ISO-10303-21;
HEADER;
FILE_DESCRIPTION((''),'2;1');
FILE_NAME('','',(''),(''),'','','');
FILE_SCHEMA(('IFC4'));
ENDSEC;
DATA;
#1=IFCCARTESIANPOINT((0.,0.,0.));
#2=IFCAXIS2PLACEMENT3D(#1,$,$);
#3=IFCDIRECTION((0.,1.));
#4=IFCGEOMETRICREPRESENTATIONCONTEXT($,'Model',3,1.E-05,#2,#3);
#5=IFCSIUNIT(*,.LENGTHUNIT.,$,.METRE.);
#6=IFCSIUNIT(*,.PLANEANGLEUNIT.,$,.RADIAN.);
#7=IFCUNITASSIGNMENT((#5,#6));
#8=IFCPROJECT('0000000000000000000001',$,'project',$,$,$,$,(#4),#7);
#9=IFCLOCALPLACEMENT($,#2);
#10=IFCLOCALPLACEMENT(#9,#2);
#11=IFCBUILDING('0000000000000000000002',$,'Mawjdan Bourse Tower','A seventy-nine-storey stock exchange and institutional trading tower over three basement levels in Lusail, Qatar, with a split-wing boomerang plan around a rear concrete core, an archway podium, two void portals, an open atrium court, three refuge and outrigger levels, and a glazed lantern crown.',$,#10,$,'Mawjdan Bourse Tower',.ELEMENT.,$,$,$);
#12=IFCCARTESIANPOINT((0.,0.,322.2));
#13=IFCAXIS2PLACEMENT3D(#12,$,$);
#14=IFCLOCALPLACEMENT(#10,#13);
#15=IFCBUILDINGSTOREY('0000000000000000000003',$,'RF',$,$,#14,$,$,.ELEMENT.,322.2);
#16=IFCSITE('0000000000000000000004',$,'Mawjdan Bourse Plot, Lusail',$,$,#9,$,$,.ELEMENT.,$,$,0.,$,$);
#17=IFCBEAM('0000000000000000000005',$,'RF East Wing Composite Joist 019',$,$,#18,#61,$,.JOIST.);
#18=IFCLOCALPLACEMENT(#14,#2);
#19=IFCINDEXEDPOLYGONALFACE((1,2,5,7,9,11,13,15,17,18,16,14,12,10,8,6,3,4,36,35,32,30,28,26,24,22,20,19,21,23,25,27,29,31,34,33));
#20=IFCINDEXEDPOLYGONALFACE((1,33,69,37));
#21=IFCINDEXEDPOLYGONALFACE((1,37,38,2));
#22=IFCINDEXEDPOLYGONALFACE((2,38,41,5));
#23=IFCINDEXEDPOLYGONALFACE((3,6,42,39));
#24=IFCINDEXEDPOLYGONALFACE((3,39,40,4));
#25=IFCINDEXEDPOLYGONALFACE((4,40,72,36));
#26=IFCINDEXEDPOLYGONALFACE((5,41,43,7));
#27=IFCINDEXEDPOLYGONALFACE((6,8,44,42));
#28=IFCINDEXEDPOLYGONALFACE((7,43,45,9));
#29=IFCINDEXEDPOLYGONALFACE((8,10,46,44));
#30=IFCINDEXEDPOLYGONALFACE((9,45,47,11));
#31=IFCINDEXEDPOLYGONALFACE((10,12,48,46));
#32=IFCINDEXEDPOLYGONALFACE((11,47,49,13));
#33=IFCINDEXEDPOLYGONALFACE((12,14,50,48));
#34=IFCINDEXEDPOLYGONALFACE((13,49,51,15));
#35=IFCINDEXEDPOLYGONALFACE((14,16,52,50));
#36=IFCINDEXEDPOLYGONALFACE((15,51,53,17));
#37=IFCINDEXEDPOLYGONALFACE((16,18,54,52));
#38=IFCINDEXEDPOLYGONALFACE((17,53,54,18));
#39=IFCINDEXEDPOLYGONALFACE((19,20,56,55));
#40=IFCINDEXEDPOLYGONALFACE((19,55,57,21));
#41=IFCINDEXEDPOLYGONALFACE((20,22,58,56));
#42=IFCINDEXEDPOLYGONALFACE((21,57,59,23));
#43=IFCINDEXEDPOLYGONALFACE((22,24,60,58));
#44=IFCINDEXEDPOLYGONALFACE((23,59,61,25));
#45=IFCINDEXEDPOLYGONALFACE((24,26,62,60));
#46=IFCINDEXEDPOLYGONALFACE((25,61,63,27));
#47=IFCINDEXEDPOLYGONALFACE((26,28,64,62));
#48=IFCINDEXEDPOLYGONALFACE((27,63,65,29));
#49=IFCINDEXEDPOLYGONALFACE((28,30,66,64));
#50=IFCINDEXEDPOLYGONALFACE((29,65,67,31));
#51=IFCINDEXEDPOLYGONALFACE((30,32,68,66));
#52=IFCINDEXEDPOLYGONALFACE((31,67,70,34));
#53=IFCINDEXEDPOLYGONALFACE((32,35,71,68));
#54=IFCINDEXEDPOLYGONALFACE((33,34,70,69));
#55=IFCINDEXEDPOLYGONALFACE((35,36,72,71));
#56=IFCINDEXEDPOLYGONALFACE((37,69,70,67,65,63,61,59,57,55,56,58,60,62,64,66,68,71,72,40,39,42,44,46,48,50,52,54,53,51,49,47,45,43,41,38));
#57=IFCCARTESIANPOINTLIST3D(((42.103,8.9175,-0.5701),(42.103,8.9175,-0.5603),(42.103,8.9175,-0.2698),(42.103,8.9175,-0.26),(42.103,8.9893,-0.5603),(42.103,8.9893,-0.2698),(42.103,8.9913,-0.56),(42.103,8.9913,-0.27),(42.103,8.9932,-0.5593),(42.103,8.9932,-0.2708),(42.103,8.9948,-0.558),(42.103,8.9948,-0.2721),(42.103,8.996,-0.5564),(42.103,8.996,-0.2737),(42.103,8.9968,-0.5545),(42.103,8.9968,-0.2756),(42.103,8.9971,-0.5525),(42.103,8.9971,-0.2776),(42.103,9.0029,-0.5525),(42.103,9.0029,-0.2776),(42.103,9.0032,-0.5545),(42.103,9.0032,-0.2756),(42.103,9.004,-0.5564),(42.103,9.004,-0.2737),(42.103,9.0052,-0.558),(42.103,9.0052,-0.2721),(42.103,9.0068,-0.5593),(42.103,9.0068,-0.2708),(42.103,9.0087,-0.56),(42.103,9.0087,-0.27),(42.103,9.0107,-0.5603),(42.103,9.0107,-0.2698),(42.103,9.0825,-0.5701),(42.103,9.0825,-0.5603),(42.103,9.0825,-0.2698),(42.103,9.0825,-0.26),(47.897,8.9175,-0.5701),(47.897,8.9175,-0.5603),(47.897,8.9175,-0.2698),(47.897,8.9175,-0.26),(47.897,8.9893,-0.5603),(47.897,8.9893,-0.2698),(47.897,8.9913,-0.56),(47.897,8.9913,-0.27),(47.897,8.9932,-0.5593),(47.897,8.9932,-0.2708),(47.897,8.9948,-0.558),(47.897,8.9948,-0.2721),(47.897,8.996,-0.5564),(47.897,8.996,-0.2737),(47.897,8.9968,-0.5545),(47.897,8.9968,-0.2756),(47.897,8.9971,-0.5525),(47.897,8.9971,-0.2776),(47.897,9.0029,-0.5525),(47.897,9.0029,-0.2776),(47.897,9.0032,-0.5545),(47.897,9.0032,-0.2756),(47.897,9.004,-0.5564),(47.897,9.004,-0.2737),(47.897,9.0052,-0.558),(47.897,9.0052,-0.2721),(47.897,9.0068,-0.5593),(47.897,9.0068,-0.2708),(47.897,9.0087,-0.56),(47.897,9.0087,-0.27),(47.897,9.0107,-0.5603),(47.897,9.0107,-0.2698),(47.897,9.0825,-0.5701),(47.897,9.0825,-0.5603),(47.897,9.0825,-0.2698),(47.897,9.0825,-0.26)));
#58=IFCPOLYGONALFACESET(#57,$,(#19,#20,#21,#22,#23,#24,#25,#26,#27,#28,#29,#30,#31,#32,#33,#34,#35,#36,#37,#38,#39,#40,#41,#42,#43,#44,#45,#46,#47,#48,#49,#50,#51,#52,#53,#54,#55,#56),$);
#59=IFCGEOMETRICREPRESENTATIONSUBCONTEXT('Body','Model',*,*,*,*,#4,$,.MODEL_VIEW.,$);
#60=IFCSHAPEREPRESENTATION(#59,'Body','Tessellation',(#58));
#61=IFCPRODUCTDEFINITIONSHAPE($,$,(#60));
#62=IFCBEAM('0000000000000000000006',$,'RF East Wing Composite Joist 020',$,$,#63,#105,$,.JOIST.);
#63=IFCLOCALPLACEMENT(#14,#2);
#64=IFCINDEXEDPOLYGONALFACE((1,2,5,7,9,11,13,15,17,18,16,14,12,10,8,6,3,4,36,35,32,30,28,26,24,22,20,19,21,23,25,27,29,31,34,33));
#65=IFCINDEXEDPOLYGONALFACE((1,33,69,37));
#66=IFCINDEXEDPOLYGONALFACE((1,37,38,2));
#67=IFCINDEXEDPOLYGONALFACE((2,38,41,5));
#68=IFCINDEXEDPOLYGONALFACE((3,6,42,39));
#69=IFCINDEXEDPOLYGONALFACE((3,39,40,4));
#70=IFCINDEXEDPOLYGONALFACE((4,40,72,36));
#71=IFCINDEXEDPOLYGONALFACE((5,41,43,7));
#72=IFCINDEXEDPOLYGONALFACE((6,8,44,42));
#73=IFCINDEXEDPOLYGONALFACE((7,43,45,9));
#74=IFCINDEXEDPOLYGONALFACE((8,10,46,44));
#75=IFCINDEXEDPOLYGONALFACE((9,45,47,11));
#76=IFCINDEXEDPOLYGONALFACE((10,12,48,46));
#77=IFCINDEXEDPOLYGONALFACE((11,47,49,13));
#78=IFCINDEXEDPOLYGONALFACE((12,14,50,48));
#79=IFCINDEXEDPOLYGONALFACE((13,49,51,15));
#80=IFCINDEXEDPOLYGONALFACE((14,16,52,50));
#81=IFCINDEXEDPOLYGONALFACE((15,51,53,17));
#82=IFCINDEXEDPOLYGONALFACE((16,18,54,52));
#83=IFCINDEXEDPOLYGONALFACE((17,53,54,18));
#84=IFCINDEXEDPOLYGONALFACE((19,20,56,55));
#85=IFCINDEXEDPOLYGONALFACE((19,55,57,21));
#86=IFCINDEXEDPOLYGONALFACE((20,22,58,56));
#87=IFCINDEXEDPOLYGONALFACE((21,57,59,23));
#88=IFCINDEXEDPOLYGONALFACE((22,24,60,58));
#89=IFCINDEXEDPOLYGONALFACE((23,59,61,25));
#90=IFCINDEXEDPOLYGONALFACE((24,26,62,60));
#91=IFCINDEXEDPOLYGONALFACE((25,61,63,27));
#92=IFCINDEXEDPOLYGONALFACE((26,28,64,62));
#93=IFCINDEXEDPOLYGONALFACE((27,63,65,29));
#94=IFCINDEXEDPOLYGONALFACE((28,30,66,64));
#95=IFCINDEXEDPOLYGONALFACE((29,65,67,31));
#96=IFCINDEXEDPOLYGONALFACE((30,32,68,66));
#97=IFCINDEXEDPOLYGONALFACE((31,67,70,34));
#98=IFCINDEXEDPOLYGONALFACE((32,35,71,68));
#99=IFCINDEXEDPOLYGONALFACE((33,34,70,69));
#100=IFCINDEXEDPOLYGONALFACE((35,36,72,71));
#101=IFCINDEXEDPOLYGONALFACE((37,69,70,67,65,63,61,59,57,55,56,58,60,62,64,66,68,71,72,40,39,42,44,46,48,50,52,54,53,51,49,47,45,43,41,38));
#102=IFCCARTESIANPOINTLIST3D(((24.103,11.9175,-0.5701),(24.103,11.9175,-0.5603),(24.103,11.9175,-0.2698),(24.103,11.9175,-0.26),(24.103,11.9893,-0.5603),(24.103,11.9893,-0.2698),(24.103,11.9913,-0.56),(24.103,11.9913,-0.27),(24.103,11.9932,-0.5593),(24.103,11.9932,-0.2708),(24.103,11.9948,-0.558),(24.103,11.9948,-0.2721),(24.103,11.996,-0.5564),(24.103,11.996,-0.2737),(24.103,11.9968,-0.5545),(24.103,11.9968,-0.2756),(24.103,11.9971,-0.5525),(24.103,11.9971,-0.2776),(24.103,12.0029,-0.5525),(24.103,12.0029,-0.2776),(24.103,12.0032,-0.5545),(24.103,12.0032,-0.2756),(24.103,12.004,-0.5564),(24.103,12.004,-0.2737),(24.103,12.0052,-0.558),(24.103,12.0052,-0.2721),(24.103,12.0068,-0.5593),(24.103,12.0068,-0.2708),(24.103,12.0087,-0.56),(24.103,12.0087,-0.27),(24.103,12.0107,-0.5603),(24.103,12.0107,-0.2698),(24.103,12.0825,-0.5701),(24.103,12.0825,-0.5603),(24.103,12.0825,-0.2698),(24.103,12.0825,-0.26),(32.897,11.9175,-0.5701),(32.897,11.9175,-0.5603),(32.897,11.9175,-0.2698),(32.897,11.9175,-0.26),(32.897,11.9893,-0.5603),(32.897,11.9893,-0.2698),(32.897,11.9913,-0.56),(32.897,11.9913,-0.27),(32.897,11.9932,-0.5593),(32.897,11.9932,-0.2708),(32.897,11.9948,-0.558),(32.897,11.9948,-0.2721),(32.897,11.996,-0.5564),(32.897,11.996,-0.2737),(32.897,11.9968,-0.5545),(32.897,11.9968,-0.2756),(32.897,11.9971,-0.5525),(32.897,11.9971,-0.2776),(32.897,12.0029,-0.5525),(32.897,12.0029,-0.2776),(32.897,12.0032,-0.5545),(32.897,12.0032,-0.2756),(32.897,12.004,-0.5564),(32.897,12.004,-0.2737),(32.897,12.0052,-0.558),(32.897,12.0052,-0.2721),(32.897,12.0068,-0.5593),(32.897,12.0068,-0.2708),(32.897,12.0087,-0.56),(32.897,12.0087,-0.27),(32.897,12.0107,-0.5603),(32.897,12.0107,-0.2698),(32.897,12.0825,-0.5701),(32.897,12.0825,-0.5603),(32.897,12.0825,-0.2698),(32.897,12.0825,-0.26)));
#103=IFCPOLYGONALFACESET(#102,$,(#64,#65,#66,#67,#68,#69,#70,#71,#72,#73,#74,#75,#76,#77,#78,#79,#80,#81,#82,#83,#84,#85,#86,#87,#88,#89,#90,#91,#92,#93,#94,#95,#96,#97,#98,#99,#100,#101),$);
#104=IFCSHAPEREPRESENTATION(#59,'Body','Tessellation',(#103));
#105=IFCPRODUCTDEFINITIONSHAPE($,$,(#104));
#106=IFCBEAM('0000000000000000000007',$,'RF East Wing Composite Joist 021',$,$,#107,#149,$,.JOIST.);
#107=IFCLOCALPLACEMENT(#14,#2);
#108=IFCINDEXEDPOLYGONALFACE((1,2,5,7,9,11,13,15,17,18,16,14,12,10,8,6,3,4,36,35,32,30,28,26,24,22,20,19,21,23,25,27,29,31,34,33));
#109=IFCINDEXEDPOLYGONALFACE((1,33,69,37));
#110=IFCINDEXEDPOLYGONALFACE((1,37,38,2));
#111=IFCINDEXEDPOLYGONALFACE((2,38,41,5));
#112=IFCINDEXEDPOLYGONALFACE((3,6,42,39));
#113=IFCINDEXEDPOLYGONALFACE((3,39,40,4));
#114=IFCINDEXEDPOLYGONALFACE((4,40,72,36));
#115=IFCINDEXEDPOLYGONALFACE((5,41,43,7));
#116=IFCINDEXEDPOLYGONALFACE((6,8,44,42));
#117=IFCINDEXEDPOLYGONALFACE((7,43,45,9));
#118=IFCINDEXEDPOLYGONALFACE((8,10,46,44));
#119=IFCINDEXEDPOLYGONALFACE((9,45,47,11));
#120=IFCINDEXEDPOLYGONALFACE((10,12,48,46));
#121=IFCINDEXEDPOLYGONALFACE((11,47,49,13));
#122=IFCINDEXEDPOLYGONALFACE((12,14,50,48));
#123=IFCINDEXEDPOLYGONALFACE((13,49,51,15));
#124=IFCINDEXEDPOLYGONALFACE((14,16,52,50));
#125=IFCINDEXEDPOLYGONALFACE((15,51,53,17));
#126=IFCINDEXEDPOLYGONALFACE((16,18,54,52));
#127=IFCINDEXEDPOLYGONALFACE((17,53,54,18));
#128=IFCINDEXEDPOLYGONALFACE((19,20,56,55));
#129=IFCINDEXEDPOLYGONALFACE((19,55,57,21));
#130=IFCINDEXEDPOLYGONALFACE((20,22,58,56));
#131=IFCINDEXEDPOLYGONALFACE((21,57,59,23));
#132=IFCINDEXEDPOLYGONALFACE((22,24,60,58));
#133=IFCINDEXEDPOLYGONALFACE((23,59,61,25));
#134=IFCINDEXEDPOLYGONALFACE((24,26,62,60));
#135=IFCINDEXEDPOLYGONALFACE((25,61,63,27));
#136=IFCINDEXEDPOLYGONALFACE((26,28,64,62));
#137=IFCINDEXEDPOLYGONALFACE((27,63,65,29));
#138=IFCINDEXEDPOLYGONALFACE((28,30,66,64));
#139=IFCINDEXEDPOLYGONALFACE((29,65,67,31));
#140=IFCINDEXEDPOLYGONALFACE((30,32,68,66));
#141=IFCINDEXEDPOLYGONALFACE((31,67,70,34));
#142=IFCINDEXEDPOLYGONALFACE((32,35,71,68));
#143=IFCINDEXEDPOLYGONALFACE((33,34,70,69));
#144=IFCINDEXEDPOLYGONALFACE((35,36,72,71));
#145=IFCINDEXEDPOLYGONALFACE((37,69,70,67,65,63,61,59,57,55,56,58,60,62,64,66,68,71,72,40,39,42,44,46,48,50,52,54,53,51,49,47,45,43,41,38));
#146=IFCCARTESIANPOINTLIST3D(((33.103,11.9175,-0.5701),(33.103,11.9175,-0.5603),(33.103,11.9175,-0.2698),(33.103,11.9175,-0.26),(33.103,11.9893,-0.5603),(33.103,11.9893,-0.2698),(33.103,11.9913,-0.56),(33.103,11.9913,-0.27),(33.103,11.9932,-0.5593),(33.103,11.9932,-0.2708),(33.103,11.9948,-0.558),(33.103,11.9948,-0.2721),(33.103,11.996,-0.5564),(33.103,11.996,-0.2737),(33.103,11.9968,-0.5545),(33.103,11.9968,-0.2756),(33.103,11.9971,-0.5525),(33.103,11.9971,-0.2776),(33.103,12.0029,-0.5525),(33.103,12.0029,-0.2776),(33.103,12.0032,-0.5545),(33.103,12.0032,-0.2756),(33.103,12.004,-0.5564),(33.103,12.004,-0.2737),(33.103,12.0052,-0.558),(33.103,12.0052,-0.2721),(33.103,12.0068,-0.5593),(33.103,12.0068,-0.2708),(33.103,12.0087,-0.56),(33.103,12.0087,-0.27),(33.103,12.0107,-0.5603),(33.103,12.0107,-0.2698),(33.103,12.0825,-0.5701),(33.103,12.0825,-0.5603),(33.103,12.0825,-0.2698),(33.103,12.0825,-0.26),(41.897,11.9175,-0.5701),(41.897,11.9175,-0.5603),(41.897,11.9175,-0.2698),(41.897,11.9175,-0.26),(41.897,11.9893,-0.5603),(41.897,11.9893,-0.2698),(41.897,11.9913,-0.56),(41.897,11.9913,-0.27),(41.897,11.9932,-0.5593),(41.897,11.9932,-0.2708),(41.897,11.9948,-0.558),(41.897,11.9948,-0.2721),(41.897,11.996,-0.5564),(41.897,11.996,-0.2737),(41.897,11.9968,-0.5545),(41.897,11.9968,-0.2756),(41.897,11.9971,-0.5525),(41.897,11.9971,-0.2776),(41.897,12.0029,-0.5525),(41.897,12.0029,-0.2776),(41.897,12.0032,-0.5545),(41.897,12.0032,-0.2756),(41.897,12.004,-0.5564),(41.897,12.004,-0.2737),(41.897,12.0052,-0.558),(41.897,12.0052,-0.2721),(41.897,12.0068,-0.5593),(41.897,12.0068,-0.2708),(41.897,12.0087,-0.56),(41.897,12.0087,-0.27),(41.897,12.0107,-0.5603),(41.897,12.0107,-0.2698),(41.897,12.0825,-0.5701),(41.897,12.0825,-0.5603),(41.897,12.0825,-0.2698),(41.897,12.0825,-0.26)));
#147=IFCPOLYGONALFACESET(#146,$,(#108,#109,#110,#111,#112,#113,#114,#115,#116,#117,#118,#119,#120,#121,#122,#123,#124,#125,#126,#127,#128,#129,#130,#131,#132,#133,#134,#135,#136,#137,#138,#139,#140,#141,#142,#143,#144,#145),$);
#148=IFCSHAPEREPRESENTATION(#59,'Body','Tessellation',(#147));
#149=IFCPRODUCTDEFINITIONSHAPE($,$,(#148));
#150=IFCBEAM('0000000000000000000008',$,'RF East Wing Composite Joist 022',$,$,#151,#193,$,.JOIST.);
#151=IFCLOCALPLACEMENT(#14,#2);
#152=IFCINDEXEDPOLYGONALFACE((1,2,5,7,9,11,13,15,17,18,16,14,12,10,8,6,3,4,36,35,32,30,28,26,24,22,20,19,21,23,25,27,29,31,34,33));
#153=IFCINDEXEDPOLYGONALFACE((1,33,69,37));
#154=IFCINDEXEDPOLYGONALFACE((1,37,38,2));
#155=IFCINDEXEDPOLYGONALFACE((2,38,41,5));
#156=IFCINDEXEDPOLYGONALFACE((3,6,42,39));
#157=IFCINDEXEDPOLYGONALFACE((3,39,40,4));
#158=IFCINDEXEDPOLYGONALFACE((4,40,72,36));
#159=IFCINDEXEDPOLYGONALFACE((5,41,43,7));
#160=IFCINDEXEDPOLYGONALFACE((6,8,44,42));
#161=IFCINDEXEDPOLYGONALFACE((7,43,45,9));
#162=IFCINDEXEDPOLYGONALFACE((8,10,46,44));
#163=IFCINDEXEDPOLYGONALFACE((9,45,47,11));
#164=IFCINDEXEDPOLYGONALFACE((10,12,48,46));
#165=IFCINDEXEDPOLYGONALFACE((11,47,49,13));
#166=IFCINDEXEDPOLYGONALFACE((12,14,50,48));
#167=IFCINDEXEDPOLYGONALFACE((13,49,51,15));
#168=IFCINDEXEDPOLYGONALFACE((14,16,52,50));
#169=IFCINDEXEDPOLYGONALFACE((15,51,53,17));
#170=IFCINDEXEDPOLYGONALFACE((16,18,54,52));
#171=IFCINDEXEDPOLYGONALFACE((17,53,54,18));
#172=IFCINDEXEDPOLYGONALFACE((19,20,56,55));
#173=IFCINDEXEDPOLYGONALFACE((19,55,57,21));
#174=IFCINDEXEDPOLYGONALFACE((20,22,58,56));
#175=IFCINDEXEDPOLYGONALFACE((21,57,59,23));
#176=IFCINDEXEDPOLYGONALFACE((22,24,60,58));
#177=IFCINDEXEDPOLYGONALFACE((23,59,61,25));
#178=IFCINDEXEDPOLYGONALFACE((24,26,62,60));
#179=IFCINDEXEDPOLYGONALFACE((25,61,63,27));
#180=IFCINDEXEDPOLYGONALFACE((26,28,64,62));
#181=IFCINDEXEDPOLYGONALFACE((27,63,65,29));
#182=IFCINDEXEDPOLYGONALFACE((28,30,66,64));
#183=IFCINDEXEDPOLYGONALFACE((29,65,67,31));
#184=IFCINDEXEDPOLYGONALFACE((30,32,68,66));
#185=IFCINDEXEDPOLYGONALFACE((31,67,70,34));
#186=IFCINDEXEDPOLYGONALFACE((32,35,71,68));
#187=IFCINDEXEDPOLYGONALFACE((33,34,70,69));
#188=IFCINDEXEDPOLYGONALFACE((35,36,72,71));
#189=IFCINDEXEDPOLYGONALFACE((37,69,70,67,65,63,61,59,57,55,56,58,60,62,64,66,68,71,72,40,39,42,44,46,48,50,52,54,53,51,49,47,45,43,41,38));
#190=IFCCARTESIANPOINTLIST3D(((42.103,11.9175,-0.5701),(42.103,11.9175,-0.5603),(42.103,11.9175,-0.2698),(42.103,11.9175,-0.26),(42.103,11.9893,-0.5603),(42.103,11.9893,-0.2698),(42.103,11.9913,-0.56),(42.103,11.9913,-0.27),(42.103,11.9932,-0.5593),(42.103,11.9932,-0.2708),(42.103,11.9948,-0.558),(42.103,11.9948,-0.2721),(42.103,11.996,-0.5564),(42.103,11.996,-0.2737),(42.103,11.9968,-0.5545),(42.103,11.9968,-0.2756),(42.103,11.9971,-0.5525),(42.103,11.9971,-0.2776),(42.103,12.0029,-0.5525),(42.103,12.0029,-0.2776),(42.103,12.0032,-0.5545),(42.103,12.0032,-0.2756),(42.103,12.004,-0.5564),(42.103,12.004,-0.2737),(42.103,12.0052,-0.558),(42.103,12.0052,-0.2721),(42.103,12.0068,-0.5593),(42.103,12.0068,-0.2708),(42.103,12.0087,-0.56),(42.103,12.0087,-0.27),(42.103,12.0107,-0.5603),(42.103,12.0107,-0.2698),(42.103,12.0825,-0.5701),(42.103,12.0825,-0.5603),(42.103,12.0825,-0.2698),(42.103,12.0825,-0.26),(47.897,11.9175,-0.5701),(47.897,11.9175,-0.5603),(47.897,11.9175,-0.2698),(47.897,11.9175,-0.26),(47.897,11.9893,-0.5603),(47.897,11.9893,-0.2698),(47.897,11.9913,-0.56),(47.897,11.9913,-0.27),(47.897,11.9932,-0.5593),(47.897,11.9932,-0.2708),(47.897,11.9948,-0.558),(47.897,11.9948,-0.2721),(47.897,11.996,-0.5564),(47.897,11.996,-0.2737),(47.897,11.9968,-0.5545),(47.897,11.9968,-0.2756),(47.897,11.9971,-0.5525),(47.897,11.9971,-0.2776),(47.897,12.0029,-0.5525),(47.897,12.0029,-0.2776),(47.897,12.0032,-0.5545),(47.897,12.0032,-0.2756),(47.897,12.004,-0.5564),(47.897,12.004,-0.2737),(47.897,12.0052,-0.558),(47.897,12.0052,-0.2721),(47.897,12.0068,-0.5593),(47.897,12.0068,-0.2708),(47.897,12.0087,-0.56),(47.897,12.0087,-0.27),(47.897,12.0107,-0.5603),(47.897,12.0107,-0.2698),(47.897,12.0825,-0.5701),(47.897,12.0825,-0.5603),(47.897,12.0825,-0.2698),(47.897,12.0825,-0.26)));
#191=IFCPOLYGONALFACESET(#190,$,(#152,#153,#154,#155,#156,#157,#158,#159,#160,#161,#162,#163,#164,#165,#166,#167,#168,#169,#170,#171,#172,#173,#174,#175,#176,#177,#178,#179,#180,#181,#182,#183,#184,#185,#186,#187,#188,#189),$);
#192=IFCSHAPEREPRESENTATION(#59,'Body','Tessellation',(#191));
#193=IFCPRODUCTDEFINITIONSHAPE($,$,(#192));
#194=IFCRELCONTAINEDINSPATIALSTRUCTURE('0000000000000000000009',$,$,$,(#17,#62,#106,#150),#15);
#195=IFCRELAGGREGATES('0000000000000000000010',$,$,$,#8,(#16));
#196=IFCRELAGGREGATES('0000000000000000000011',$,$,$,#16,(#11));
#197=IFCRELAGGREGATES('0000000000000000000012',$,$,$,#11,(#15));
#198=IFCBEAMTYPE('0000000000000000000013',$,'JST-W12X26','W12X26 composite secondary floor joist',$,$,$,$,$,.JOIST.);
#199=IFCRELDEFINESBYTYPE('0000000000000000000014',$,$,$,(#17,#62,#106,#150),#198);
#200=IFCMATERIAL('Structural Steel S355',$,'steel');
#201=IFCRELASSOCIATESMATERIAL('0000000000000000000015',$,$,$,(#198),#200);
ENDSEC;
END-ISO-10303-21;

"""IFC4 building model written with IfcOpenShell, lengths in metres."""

from ifc_helpers import new_model, si_unit, direction, frame, origin, origin_2d, place, context, subcontext, project, spatial, i_section, extrude, material, material_profile, profile_set, type_object, element, save


model = new_model("IFC4")

# Units and contexts
model_context = context("Model", 3, precision=1e-05, world=origin(), true_north=direction((0.0, 1.0)))
body_context = subcontext(model_context, "Body", "Model", "MODEL_VIEW")
ifc_project = project(units=[si_unit("LENGTHUNIT", "METRE"), si_unit("PLANEANGLEUNIT", "RADIAN")], contexts=[model_context])

# Site, building, storey
site_placement = place(None, origin())
site = spatial("IfcSite", under=ifc_project, at=site_placement, Name="Mawjdan Bourse Plot, Lusail", CompositionType="ELEMENT", RefElevation=0.0)
building_placement = place(site_placement, origin())
building = spatial("IfcBuilding", under=site, at=building_placement, Name="Mawjdan Bourse Tower", Description="A seventy-nine-storey stock exchange and institutional trading tower over three basement levels in Lusail, Qatar, with a split-wing boomerang plan around a rear concrete core, an archway podium, two void portals, an open atrium court, three refuge and outrigger levels, and a glazed lantern crown.", LongName="Mawjdan Bourse Tower", CompositionType="ELEMENT")
storey_placement = place(building_placement, frame((0.0, 0.0, 322.2)))
storey = spatial("IfcBuildingStorey", under=building, at=storey_placement, Name="RF", CompositionType="ELEMENT", Elevation=322.2)

# Beams
ifc_material_1 = material(Name="Structural Steel S355", Category="steel")
ifc_material_profile_1 = material_profile(ifc_material_1, i_section(OverallWidth=0.165, OverallDepth=0.3101, WebThickness=0.0059, FlangeThickness=0.0098, FilletRadius=0.0078, at=origin_2d()), Name="W12X26")
ifc_profile_set_1 = profile_set([ifc_material_profile_1], Name="Structural Steel S355")
beam_type_1 = type_object("IfcBeamType", Name="JST-W12X26", Description="W12X26 composite secondary floor joist", PredefinedType="JOIST", material=ifc_profile_set_1)
beam_1_placement = place(storey_placement, frame((42.103, 9.0, -0.415), z_axis=(1.0, 0.0, 0.0), x_axis=(0.0, 1.0, 0.0)))
element("IfcBeam", 1, at=beam_1_placement, inside=storey, type_object=beam_type_1, Name="RF East Wing Composite Joist 019", PredefinedType="JOIST", context=body_context, shape_type="SweptSolid", body=[
    extrude(i_section(OverallWidth=0.165, OverallDepth=0.3101, WebThickness=0.0059, FlangeThickness=0.0098, FilletRadius=0.0078, at=origin_2d()), origin(), (0.0, 0.0, 1.0), 5.7939),
])
for number, where, z_axis, x_axis, name in (
    (2, (24.103, 12.0, -0.415), (1.0, 0.0, 0.0), (0.0, 1.0, 0.0), "RF East Wing Composite Joist 020"),
    (3, (33.103, 12.0, -0.415), (1.0, 0.0, 0.0), (0.0, 1.0, 0.0), "RF East Wing Composite Joist 021"),
):
    element("IfcBeam", number, at=place(storey_placement, frame(where, z_axis=z_axis, x_axis=x_axis)), inside=storey, type_object=beam_type_1, Name=name, PredefinedType="JOIST", context=body_context, shape_type="SweptSolid", body=[
        extrude(i_section(OverallWidth=0.165, OverallDepth=0.3101, WebThickness=0.0059, FlangeThickness=0.0098, FilletRadius=0.0078, at=origin_2d()), origin(), (0.0, 0.0, 1.0), 8.7939),
    ])
beam_2_placement = place(storey_placement, frame((42.103, 12.0, -0.415), z_axis=(1.0, 0.0, 0.0), x_axis=(0.0, 1.0, 0.0)))
element("IfcBeam", 4, at=beam_2_placement, inside=storey, type_object=beam_type_1, Name="RF East Wing Composite Joist 022", PredefinedType="JOIST", context=body_context, shape_type="SweptSolid", body=[
    extrude(i_section(OverallWidth=0.165, OverallDepth=0.3101, WebThickness=0.0059, FlangeThickness=0.0098, FilletRadius=0.0078, at=origin_2d()), origin(), (0.0, 0.0, 1.0), 5.7939),
])

save(model, "model.ifc")
